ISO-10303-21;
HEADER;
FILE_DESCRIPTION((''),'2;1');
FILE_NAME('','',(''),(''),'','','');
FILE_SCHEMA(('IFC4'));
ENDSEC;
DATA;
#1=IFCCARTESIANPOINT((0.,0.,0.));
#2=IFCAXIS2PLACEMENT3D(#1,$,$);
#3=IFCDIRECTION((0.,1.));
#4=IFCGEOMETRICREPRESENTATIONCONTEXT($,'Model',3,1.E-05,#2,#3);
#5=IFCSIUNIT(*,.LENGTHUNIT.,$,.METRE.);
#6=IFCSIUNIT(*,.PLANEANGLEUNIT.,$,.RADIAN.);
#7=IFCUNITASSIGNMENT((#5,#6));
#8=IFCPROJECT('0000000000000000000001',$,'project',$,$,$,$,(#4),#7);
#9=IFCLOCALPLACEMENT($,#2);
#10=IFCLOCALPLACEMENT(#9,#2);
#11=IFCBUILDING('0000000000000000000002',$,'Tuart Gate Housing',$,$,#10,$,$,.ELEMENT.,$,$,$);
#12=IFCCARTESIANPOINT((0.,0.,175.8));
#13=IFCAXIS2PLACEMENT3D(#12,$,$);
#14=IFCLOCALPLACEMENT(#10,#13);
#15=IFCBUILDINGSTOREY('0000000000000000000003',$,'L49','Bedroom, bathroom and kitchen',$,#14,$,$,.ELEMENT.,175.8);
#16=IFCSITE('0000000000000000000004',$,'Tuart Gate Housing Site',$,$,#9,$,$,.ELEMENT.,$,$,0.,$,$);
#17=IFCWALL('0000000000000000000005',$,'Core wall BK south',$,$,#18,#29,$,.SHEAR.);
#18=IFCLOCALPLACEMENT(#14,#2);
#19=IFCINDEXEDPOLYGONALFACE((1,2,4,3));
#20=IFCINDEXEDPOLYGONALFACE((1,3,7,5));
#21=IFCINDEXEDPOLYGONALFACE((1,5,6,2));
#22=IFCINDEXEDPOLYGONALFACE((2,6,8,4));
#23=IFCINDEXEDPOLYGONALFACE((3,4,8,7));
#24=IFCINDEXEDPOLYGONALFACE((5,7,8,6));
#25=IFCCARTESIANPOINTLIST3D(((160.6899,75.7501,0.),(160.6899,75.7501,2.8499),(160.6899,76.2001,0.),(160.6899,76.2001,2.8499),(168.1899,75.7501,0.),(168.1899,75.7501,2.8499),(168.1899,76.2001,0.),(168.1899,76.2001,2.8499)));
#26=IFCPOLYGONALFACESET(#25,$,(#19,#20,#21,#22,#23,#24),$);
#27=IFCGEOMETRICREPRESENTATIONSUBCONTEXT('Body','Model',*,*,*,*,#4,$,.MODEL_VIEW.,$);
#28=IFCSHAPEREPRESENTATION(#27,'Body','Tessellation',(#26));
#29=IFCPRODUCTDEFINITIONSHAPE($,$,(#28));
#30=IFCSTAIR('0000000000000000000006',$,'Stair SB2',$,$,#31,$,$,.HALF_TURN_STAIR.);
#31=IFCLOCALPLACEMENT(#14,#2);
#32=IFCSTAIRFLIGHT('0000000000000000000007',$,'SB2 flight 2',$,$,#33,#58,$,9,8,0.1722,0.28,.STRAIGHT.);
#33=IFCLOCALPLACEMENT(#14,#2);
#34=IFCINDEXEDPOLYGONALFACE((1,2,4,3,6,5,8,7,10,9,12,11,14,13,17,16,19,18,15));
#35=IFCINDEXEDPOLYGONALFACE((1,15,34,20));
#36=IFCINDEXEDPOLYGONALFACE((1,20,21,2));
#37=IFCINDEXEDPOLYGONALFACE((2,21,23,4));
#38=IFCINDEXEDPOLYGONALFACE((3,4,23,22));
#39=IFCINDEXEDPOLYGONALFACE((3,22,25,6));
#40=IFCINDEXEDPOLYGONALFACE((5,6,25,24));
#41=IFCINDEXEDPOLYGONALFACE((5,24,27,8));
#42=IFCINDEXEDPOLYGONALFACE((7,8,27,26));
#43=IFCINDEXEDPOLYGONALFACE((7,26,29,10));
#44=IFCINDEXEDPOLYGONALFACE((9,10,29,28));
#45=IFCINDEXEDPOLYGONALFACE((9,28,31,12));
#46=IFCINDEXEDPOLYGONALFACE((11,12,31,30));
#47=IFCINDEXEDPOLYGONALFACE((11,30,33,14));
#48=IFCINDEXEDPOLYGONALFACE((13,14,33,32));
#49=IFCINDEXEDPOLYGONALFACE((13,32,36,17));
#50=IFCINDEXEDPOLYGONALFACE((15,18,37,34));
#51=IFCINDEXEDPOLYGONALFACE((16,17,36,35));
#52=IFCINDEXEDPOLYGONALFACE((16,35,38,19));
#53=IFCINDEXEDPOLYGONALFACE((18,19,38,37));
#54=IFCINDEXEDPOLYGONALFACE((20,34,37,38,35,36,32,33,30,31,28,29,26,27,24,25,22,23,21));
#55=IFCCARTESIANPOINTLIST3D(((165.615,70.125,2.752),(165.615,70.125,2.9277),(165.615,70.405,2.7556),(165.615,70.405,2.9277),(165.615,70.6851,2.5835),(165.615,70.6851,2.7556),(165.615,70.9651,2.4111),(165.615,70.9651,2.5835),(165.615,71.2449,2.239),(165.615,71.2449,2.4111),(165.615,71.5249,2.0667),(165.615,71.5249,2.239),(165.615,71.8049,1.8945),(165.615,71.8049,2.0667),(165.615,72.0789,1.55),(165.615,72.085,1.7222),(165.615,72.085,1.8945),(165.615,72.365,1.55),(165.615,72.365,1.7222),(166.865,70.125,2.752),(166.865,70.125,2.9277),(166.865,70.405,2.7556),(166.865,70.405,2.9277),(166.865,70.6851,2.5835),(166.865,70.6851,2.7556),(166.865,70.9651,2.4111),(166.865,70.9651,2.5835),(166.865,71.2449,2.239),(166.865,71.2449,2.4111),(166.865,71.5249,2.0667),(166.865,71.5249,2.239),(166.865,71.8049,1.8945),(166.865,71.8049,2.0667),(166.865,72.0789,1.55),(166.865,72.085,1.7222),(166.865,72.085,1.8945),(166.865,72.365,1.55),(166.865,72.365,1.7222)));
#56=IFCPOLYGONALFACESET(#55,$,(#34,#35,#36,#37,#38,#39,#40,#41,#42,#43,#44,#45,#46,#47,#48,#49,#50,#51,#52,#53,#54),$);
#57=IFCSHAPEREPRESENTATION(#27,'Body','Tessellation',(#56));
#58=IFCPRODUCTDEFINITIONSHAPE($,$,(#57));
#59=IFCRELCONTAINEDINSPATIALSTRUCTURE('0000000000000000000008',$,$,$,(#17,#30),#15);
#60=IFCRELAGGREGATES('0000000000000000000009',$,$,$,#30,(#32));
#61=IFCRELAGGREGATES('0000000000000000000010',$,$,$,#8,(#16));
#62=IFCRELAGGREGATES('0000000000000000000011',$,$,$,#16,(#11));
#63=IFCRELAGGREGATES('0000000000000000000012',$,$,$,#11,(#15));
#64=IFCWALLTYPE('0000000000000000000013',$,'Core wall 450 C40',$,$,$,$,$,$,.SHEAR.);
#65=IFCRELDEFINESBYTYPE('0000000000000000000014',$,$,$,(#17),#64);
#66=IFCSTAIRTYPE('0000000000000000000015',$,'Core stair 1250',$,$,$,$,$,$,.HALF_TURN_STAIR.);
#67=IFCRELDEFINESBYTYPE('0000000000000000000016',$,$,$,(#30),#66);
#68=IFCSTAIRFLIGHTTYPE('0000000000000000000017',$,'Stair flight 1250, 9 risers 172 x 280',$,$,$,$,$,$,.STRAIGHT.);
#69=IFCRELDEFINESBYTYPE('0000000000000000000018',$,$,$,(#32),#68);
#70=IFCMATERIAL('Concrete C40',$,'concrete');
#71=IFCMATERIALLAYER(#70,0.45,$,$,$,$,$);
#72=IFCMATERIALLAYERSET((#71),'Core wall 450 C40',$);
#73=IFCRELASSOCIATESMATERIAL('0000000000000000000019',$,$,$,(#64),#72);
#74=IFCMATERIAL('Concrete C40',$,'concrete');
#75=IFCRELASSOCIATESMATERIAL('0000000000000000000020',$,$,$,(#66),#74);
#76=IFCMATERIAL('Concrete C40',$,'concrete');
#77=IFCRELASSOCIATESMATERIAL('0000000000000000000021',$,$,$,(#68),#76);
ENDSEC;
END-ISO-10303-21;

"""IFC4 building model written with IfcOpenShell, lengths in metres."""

from ifc_helpers import new_model, si_unit, direction, frame, frame_2d, origin, place, context, subcontext, project, spatial, polyline, rectangle, outline, extrude, material, layer, layer_set, type_object, element, aggregate, save


model = new_model("IFC4")

# Units and contexts
model_context = context("Model", 3, precision=1e-05, world=origin(), true_north=direction((0.0, 1.0)))
body_context = subcontext(model_context, "Body", "Model", "MODEL_VIEW")
ifc_project = project(units=[si_unit("LENGTHUNIT", "METRE"), si_unit("PLANEANGLEUNIT", "RADIAN")], contexts=[model_context])

# Site, building, storey
site_placement = place(None, origin())
site = spatial("IfcSite", under=ifc_project, at=site_placement, Name="Tuart Gate Housing Site", CompositionType="ELEMENT", RefElevation=0.0)
building_placement = place(site_placement, origin())
building = spatial("IfcBuilding", under=site, at=building_placement, Name="Tuart Gate Housing", CompositionType="ELEMENT")
storey_placement = place(building_placement, frame((0.0, 0.0, 175.8)))
storey = spatial("IfcBuildingStorey", under=building, at=storey_placement, Name="L49", Description="Bedroom, bathroom and kitchen", CompositionType="ELEMENT", Elevation=175.8)

# Shared definitions
ifc_material_1 = material(Name="Concrete C40", Category="concrete")
ifc_layer_1 = layer(ifc_material_1, 0.45)
ifc_layer_set_1 = layer_set([ifc_layer_1], Name="Core wall 450 C40")
wall_type_1 = type_object("IfcWallType", Name="Core wall 450 C40", PredefinedType="SHEAR", material=ifc_layer_set_1)

# Wall
wall_1_placement = place(storey_placement, frame((160.6899, 75.9751, 0.0), z_axis=(0.0, 0.0, 1.0), x_axis=(1.0, 0.0, 0.0)))
element("IfcWall", 1, at=wall_1_placement, inside=storey, type_object=wall_type_1, Name="Core wall BK south", PredefinedType="SHEAR", context=body_context, shape_type="SweptSolid", body=[
    extrude(rectangle(XDim=7.5, YDim=0.45, at=frame_2d((3.75, 0.0))), origin(), (0.0, 0.0, 1.0), 2.8499),
])

# Stair, stair flight
ifc_material_2 = material(Name="Concrete C40", Category="concrete")
stair_type = type_object("IfcStairType", Name="Core stair 1250", PredefinedType="HALF_TURN_STAIR", material=ifc_material_2)
stair_placement = place(storey_placement, origin())
stair = element("IfcStair", 2, at=stair_placement, inside=storey, type_object=stair_type, Name="Stair SB2", PredefinedType="HALF_TURN_STAIR")
ifc_material_3 = material(Name="Concrete C40", Category="concrete")
stair_flight_type = type_object("IfcStairFlightType", Name="Stair flight 1250, 9 risers 172 x 280", PredefinedType="STRAIGHT", material=ifc_material_3)
stair_flight_placement = place(storey_placement, frame((166.24, 72.365, 1.55), z_axis=(0.0, 0.0, 1.0), x_axis=(0.0, -1.0, 0.0)))
stair_flight = element("IfcStairFlight", 3, at=stair_flight_placement, type_object=stair_flight_type, Name="SB2 flight 2", NumberOfRisers=9, NumberOfTreads=8, PredefinedType="STRAIGHT", RiserHeight=0.1722, TreadLength=0.28, context=body_context, shape_type="SweptSolid", body=[
    extrude(outline(polyline([(0.0, 0.0), (0.0, 0.1721), (0.28, 0.1721), (0.28, 0.3445), (0.5601, 0.3445), (0.5601, 0.5166), (0.8401, 0.5166), (0.8401, 0.689), (1.1201, 0.689), (1.1201, 0.8611), (1.3999, 0.8611), (1.3999, 1.0334), (1.6799, 1.0334), (1.6799, 1.2056), (1.96, 1.2056), (1.96, 1.3777), (2.24, 1.3777), (2.24, 1.55), (2.24, 1.2019), (0.2861, 0.0), (0.0, 0.0)])), frame((0.0, 0.625, 0.0), z_axis=(0.0, -1.0, 0.0), x_axis=(1.0, 0.0, 0.0)), (0.0, 0.0, 1.0), 1.25),
])
aggregate(stair, [stair_flight])

save(model, "model.ifc")
